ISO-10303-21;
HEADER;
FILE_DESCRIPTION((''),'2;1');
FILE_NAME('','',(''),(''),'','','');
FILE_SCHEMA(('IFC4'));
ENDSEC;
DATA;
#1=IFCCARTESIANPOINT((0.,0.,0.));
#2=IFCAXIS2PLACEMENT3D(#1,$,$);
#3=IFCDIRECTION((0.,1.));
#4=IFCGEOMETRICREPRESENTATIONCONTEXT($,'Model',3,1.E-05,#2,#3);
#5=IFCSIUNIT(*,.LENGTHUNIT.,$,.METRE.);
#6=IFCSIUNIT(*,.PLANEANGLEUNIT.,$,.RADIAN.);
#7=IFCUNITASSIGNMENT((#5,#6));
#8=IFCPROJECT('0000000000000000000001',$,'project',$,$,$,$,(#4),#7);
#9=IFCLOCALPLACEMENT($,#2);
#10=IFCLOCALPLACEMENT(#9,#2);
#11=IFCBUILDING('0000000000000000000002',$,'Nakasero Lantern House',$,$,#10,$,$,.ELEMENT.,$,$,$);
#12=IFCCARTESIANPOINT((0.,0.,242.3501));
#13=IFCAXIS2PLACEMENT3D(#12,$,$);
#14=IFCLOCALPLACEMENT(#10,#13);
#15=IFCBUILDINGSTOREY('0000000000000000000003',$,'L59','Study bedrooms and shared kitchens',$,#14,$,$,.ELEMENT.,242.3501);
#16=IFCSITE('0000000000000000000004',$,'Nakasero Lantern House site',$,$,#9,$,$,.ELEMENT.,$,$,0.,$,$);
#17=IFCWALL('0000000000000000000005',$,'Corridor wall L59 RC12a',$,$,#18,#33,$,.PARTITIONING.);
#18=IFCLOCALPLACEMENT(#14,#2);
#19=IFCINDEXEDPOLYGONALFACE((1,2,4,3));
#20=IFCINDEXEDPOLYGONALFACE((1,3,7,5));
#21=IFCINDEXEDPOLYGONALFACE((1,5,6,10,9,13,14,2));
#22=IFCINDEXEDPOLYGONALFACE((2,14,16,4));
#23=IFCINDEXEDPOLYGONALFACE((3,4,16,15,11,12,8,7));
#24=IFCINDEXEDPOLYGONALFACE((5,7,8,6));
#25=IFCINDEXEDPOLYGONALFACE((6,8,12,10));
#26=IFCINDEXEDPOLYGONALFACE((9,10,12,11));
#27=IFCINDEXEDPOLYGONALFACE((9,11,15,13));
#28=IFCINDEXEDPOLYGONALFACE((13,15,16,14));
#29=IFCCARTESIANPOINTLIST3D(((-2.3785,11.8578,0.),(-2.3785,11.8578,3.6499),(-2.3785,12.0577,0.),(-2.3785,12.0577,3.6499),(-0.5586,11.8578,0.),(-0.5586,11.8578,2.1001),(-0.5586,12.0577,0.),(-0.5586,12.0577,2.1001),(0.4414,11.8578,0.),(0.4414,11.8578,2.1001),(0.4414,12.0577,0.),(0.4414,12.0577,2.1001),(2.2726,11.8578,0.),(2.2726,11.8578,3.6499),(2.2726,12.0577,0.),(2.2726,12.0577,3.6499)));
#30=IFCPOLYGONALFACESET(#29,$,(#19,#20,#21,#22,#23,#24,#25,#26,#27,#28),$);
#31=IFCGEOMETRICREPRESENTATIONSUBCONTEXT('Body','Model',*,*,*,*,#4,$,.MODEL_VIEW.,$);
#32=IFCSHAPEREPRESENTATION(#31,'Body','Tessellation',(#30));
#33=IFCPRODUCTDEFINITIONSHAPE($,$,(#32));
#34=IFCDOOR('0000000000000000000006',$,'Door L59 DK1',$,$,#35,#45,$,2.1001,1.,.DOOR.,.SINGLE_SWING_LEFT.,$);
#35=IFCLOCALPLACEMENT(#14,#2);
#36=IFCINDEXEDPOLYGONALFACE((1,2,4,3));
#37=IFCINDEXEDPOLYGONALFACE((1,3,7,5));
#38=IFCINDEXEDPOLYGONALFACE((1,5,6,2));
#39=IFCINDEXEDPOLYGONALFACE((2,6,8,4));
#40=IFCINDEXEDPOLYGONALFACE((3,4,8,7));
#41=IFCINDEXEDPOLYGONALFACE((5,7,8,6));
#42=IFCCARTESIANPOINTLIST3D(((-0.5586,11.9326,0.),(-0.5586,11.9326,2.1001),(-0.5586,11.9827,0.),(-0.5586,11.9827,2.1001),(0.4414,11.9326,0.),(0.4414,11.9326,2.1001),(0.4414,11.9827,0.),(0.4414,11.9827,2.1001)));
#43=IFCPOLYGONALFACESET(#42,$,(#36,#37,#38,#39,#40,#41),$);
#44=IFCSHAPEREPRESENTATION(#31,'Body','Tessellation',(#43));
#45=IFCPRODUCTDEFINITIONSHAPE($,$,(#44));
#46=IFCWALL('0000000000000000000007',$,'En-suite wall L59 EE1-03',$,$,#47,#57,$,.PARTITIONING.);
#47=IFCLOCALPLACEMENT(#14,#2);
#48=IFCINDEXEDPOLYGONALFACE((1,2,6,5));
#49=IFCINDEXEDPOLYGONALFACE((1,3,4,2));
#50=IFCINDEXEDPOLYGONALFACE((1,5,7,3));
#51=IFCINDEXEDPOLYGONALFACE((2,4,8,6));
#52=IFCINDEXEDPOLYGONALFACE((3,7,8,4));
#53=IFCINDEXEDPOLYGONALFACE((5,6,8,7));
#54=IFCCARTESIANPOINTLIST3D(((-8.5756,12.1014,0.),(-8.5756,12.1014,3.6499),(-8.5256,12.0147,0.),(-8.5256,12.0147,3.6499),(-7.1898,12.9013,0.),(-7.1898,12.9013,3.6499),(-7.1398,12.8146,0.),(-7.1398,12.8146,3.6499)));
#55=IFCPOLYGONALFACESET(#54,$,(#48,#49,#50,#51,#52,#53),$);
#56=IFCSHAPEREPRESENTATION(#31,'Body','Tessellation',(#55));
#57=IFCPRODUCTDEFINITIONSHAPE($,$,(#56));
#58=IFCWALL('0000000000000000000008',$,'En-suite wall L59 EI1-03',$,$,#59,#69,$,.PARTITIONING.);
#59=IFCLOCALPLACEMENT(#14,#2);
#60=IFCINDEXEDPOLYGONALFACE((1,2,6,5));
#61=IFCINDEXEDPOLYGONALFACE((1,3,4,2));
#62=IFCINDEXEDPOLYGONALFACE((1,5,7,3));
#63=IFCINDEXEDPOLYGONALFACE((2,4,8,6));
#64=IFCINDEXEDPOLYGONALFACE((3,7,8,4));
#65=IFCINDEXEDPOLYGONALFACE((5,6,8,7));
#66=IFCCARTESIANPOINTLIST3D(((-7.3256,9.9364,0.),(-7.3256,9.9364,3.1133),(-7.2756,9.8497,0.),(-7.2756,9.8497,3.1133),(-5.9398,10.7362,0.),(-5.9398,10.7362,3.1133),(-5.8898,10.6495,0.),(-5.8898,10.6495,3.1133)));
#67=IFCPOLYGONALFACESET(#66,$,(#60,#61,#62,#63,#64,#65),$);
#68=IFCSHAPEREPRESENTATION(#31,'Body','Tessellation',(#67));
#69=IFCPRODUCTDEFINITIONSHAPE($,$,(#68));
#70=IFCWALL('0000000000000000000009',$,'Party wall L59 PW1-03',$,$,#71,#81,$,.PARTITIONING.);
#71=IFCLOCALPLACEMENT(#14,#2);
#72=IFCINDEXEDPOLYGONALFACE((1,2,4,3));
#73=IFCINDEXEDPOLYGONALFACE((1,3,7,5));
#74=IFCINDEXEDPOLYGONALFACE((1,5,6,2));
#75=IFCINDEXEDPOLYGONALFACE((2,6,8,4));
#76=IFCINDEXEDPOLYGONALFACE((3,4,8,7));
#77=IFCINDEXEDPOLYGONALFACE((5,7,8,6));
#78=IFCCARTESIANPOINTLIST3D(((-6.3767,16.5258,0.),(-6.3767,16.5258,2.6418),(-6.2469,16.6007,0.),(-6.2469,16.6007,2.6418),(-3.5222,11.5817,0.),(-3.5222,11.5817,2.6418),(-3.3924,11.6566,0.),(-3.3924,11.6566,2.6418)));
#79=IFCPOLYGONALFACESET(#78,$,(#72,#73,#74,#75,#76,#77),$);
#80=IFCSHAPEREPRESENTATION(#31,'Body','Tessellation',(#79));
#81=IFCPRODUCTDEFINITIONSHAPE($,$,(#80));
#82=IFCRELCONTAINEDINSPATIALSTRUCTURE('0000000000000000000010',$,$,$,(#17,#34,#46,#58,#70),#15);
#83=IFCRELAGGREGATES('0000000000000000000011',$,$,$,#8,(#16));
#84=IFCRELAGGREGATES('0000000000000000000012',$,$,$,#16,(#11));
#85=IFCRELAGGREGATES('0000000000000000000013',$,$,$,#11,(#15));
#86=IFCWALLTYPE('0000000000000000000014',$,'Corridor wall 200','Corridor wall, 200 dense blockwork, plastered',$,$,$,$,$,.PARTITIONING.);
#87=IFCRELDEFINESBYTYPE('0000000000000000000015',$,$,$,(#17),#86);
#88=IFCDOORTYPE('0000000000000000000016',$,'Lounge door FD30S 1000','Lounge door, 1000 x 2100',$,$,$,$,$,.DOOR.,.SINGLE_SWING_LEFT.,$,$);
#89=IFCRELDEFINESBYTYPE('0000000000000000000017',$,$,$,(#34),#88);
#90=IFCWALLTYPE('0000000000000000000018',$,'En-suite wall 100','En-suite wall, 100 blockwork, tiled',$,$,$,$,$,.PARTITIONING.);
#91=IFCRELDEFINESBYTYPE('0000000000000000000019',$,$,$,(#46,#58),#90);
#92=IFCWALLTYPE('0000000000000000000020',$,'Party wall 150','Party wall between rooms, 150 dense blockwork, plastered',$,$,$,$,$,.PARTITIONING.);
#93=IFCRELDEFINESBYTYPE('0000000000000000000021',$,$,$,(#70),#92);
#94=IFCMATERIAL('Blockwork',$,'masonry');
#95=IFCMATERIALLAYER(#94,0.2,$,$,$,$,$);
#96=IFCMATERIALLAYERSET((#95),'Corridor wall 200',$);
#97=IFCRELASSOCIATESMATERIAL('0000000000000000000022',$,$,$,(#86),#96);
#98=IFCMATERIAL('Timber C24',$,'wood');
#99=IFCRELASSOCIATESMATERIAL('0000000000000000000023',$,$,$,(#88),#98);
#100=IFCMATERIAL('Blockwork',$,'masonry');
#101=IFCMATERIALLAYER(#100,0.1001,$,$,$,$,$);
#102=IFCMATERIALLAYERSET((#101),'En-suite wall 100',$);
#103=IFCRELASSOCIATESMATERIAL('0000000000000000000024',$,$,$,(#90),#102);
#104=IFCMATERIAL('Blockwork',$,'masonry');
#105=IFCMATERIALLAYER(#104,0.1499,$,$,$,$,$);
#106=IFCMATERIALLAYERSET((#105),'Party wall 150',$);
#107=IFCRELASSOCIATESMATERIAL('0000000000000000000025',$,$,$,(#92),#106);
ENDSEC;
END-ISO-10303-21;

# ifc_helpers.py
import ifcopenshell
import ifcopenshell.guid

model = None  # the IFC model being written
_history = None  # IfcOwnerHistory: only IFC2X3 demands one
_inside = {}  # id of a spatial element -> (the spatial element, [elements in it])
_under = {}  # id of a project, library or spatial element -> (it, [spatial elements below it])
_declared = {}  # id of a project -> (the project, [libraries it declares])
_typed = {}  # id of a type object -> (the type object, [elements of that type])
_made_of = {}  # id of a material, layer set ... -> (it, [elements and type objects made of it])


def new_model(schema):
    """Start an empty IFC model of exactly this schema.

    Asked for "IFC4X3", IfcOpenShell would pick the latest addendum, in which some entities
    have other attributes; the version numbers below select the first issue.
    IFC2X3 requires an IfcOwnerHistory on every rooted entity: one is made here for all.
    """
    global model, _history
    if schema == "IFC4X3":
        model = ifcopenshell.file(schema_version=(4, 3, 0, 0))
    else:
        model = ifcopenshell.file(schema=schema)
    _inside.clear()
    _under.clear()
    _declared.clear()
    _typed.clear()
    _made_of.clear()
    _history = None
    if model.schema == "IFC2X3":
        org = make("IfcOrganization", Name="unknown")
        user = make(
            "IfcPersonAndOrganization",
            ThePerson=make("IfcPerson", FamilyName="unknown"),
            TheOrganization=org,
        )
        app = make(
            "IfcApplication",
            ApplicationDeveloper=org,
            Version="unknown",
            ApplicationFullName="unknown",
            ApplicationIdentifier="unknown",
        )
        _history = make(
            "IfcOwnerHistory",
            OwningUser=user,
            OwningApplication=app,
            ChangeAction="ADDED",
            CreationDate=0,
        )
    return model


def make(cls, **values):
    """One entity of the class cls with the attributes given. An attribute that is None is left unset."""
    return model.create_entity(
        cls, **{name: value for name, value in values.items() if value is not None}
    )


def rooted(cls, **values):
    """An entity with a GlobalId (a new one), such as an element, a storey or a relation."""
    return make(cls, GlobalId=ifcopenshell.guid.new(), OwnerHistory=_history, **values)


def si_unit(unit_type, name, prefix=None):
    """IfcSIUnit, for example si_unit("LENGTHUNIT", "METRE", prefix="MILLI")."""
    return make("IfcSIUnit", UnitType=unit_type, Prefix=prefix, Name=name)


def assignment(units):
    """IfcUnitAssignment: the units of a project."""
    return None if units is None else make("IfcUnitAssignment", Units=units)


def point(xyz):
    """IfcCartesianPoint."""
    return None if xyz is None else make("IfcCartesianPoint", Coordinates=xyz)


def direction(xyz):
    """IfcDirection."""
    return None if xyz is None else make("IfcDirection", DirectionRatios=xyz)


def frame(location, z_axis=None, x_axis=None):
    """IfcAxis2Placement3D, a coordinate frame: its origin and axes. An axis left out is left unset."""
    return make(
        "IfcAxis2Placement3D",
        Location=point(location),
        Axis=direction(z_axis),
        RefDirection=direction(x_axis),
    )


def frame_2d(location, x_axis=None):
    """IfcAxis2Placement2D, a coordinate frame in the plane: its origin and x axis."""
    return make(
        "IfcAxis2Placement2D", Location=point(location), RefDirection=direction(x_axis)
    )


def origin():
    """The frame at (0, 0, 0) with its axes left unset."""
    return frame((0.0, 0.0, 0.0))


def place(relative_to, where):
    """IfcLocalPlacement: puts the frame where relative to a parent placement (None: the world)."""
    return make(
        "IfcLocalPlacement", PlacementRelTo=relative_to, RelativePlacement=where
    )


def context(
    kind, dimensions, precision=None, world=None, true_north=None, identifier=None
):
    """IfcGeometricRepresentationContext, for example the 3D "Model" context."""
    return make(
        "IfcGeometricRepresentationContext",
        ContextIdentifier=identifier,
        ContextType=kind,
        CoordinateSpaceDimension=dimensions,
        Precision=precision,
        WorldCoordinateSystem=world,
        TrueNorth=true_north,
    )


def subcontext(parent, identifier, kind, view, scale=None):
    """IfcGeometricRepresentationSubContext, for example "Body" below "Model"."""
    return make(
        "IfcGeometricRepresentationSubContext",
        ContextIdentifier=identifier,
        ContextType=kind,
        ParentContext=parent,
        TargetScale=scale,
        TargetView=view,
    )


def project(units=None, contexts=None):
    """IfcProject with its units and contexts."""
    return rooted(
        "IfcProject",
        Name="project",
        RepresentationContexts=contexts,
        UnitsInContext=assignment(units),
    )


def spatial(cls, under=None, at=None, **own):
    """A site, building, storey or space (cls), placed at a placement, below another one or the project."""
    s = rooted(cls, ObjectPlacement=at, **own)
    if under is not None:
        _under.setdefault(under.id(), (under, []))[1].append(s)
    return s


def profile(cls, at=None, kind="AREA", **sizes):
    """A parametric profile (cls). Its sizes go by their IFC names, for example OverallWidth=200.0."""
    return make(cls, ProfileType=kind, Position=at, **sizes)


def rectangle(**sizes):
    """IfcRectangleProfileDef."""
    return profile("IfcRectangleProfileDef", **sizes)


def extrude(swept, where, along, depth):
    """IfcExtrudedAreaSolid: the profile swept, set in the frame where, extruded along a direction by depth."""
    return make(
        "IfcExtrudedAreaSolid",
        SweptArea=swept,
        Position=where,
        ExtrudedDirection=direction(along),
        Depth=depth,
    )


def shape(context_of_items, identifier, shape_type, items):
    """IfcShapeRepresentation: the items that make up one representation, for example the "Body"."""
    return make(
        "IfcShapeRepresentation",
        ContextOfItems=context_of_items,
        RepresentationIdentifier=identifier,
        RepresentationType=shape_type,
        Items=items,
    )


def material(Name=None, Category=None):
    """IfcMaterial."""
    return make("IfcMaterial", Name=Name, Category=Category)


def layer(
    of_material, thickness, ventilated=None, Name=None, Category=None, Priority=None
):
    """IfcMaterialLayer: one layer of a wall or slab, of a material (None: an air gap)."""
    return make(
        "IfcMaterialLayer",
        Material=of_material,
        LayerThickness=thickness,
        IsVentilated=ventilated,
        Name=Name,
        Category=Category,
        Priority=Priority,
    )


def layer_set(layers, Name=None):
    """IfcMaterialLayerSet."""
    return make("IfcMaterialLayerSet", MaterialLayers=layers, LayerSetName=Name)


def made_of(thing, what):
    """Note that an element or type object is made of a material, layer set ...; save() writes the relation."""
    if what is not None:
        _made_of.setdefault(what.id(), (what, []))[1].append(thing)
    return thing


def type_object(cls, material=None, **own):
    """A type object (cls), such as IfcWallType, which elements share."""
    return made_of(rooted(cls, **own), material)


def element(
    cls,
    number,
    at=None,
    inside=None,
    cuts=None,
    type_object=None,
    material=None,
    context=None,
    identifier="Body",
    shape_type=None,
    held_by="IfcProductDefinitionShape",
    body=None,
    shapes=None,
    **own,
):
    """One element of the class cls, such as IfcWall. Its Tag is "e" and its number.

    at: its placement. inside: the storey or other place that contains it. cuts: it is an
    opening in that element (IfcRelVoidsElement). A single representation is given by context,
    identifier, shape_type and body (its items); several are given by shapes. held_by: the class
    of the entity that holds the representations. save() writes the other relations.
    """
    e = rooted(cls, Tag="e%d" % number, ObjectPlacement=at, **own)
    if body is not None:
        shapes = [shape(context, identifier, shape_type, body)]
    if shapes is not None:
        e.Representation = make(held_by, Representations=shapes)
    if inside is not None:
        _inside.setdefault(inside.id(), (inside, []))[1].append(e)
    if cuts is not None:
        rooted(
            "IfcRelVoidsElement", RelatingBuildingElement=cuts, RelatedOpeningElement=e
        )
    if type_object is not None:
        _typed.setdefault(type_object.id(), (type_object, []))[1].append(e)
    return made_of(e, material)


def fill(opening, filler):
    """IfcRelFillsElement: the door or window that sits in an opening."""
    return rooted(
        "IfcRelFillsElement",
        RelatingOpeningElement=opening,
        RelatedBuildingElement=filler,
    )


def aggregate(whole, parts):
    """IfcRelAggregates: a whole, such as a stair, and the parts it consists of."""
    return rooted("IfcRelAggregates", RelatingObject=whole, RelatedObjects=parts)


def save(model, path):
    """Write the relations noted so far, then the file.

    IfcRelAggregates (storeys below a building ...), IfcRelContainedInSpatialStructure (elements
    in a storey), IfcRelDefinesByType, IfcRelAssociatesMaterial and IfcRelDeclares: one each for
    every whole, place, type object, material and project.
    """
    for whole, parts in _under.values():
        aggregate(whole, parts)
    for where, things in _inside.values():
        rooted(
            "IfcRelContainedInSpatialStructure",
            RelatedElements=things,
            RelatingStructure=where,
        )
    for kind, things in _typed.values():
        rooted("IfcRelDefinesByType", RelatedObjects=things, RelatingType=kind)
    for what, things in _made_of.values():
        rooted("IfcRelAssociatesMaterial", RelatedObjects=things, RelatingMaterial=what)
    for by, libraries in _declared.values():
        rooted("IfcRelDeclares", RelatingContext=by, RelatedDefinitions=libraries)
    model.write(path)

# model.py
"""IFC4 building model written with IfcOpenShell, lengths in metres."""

from ifc_helpers import new_model, si_unit, direction, frame, frame_2d, origin, place, context, subcontext, project, spatial, rectangle, extrude, material, layer, layer_set, type_object, element, fill, save


model = new_model("IFC4")

# Units and contexts
model_context = context("Model", 3, precision=1e-05, world=origin(), true_north=direction((0.0, 1.0)))
body_context = subcontext(model_context, "Body", "Model", "MODEL_VIEW")
ifc_project = project(units=[si_unit("LENGTHUNIT", "METRE"), si_unit("PLANEANGLEUNIT", "RADIAN")], contexts=[model_context])

# Site, building, storey
site_placement = place(None, origin())
site = spatial("IfcSite", under=ifc_project, at=site_placement, Name="Nakasero Lantern House site", CompositionType="ELEMENT", RefElevation=0.0)
building_placement = place(site_placement, origin())
building = spatial("IfcBuilding", under=site, at=building_placement, Name="Nakasero Lantern House", CompositionType="ELEMENT")
storey_placement = place(building_placement, frame((0.0, 0.0, 242.3501)))
storey = spatial("IfcBuildingStorey", under=building, at=storey_placement, Name="L59", Description="Study bedrooms and shared kitchens", CompositionType="ELEMENT", Elevation=242.3501)

# Wall, opening, door
ifc_material_1 = material(Name="Blockwork", Category="masonry")
ifc_layer_1 = layer(ifc_material_1, 0.2)
ifc_layer_set_1 = layer_set([ifc_layer_1], Name="Corridor wall 200")
wall_type_1 = type_object("IfcWallType", Name="Corridor wall 200", Description="Corridor wall, 200 dense blockwork, plastered", PredefinedType="PARTITIONING", material=ifc_layer_set_1)
wall_1_placement = place(storey_placement, frame((-2.3787, 11.9578, 0.0), z_axis=(0.0, 0.0, 1.0), x_axis=(1.0, 0.0, 0.0)))
wall_1 = element("IfcWall", 1, at=wall_1_placement, inside=storey, type_object=wall_type_1, Name="Corridor wall L59 RC12a", PredefinedType="PARTITIONING", context=body_context, shape_type="SweptSolid", body=[
    extrude(rectangle(XDim=4.6511, YDim=0.2, at=frame_2d((2.3257, 0.0))), origin(), (0.0, 0.0, 1.0), 3.6499),
])
opening_placement = place(wall_1_placement, frame((1.8201, 0.0, 0.0)))
opening = element("IfcOpeningElement", 2, at=opening_placement, cuts=wall_1, PredefinedType="OPENING", context=body_context, shape_type="SweptSolid", body=[
    extrude(rectangle(XDim=1.0, YDim=2.1001, at=frame_2d((0.5, 1.05))), frame((0.0, 0.1199, 0.0), z_axis=(0.0, -1.0, 0.0), x_axis=(1.0, 0.0, 0.0)), (0.0, 0.0, 1.0), 0.24),
])
ifc_material_2 = material(Name="Timber C24", Category="wood")
door_type = type_object("IfcDoorType", Name="Lounge door FD30S 1000", Description="Lounge door, 1000 x 2100", OperationType="SINGLE_SWING_LEFT", PredefinedType="DOOR", material=ifc_material_2)
door_placement = place(opening_placement, origin())
door = element("IfcDoor", 3, at=door_placement, inside=storey, type_object=door_type, Name="Door L59 DK1", OperationType="SINGLE_SWING_LEFT", OverallHeight=2.1001, OverallWidth=1.0, PredefinedType="DOOR", context=body_context, shape_type="SweptSolid", body=[
    extrude(rectangle(XDim=1.0, YDim=2.1001, at=frame_2d((0.5, 1.05))), frame((0.0, 0.0249, 0.0), z_axis=(0.0, -1.0, 0.0), x_axis=(1.0, 0.0, 0.0)), (0.0, 0.0, 1.0), 0.05),
])
fill(opening, door)

# Walls
ifc_material_3 = material(Name="Blockwork", Category="masonry")
ifc_layer_2 = layer(ifc_material_3, 0.1001)
ifc_layer_set_2 = layer_set([ifc_layer_2], Name="En-suite wall 100")
wall_type_2 = type_object("IfcWallType", Name="En-suite wall 100", Description="En-suite wall, 100 blockwork, tiled", PredefinedType="PARTITIONING", material=ifc_layer_set_2)
wall_2_placement = place(storey_placement, frame((-7.1648, 12.8579, 0.0), z_axis=(0.0, 0.0, 1.0), x_axis=(-0.866094, -0.499881, 0.0)))
element("IfcWall", 4, at=wall_2_placement, inside=storey, type_object=wall_type_2, Name="En-suite wall L59 EE1-03", PredefinedType="PARTITIONING", context=body_context, shape_type="SweptSolid", body=[
    extrude(rectangle(XDim=1.6001, YDim=0.1001, at=frame_2d((0.8, 0.0))), origin(), (0.0, 0.0, 1.0), 3.6499),
])
wall_3_placement = place(storey_placement, frame((-5.9148, 10.6929, 0.0), z_axis=(0.0, 0.0, 1.0), x_axis=(-0.866094, -0.499881, 0.0)))
element("IfcWall", 5, at=wall_3_placement, inside=storey, type_object=wall_type_2, Name="En-suite wall L59 EI1-03", PredefinedType="PARTITIONING", context=body_context, shape_type="SweptSolid", body=[
    extrude(rectangle(XDim=1.6001, YDim=0.1001, at=frame_2d((0.8, 0.0))), origin(), (0.0, 0.0, 1.0), 3.1133),
])
ifc_material_4 = material(Name="Blockwork", Category="masonry")
ifc_layer_3 = layer(ifc_material_4, 0.1499)
ifc_layer_set_3 = layer_set([ifc_layer_3], Name="Party wall 150")
wall_type_3 = type_object("IfcWallType", Name="Party wall 150", Description="Party wall between rooms, 150 dense blockwork, plastered", PredefinedType="PARTITIONING", material=ifc_layer_set_3)
wall_4_placement = place(storey_placement, frame((-3.4573, 11.6191, 0.0), z_axis=(0.0, 0.0, 1.0), x_axis=(-0.500003, 0.866024, 0.0)))
element("IfcWall", 6, at=wall_4_placement, inside=storey, type_object=wall_type_3, Name="Party wall L59 PW1-03", PredefinedType="PARTITIONING", context=body_context, shape_type="SweptSolid", body=[
    extrude(rectangle(XDim=5.709, YDim=0.1499, at=frame_2d((2.8545, 0.0))), origin(), (0.0, 0.0, 1.0), 2.6418),
])

save(model, "model.ifc")
